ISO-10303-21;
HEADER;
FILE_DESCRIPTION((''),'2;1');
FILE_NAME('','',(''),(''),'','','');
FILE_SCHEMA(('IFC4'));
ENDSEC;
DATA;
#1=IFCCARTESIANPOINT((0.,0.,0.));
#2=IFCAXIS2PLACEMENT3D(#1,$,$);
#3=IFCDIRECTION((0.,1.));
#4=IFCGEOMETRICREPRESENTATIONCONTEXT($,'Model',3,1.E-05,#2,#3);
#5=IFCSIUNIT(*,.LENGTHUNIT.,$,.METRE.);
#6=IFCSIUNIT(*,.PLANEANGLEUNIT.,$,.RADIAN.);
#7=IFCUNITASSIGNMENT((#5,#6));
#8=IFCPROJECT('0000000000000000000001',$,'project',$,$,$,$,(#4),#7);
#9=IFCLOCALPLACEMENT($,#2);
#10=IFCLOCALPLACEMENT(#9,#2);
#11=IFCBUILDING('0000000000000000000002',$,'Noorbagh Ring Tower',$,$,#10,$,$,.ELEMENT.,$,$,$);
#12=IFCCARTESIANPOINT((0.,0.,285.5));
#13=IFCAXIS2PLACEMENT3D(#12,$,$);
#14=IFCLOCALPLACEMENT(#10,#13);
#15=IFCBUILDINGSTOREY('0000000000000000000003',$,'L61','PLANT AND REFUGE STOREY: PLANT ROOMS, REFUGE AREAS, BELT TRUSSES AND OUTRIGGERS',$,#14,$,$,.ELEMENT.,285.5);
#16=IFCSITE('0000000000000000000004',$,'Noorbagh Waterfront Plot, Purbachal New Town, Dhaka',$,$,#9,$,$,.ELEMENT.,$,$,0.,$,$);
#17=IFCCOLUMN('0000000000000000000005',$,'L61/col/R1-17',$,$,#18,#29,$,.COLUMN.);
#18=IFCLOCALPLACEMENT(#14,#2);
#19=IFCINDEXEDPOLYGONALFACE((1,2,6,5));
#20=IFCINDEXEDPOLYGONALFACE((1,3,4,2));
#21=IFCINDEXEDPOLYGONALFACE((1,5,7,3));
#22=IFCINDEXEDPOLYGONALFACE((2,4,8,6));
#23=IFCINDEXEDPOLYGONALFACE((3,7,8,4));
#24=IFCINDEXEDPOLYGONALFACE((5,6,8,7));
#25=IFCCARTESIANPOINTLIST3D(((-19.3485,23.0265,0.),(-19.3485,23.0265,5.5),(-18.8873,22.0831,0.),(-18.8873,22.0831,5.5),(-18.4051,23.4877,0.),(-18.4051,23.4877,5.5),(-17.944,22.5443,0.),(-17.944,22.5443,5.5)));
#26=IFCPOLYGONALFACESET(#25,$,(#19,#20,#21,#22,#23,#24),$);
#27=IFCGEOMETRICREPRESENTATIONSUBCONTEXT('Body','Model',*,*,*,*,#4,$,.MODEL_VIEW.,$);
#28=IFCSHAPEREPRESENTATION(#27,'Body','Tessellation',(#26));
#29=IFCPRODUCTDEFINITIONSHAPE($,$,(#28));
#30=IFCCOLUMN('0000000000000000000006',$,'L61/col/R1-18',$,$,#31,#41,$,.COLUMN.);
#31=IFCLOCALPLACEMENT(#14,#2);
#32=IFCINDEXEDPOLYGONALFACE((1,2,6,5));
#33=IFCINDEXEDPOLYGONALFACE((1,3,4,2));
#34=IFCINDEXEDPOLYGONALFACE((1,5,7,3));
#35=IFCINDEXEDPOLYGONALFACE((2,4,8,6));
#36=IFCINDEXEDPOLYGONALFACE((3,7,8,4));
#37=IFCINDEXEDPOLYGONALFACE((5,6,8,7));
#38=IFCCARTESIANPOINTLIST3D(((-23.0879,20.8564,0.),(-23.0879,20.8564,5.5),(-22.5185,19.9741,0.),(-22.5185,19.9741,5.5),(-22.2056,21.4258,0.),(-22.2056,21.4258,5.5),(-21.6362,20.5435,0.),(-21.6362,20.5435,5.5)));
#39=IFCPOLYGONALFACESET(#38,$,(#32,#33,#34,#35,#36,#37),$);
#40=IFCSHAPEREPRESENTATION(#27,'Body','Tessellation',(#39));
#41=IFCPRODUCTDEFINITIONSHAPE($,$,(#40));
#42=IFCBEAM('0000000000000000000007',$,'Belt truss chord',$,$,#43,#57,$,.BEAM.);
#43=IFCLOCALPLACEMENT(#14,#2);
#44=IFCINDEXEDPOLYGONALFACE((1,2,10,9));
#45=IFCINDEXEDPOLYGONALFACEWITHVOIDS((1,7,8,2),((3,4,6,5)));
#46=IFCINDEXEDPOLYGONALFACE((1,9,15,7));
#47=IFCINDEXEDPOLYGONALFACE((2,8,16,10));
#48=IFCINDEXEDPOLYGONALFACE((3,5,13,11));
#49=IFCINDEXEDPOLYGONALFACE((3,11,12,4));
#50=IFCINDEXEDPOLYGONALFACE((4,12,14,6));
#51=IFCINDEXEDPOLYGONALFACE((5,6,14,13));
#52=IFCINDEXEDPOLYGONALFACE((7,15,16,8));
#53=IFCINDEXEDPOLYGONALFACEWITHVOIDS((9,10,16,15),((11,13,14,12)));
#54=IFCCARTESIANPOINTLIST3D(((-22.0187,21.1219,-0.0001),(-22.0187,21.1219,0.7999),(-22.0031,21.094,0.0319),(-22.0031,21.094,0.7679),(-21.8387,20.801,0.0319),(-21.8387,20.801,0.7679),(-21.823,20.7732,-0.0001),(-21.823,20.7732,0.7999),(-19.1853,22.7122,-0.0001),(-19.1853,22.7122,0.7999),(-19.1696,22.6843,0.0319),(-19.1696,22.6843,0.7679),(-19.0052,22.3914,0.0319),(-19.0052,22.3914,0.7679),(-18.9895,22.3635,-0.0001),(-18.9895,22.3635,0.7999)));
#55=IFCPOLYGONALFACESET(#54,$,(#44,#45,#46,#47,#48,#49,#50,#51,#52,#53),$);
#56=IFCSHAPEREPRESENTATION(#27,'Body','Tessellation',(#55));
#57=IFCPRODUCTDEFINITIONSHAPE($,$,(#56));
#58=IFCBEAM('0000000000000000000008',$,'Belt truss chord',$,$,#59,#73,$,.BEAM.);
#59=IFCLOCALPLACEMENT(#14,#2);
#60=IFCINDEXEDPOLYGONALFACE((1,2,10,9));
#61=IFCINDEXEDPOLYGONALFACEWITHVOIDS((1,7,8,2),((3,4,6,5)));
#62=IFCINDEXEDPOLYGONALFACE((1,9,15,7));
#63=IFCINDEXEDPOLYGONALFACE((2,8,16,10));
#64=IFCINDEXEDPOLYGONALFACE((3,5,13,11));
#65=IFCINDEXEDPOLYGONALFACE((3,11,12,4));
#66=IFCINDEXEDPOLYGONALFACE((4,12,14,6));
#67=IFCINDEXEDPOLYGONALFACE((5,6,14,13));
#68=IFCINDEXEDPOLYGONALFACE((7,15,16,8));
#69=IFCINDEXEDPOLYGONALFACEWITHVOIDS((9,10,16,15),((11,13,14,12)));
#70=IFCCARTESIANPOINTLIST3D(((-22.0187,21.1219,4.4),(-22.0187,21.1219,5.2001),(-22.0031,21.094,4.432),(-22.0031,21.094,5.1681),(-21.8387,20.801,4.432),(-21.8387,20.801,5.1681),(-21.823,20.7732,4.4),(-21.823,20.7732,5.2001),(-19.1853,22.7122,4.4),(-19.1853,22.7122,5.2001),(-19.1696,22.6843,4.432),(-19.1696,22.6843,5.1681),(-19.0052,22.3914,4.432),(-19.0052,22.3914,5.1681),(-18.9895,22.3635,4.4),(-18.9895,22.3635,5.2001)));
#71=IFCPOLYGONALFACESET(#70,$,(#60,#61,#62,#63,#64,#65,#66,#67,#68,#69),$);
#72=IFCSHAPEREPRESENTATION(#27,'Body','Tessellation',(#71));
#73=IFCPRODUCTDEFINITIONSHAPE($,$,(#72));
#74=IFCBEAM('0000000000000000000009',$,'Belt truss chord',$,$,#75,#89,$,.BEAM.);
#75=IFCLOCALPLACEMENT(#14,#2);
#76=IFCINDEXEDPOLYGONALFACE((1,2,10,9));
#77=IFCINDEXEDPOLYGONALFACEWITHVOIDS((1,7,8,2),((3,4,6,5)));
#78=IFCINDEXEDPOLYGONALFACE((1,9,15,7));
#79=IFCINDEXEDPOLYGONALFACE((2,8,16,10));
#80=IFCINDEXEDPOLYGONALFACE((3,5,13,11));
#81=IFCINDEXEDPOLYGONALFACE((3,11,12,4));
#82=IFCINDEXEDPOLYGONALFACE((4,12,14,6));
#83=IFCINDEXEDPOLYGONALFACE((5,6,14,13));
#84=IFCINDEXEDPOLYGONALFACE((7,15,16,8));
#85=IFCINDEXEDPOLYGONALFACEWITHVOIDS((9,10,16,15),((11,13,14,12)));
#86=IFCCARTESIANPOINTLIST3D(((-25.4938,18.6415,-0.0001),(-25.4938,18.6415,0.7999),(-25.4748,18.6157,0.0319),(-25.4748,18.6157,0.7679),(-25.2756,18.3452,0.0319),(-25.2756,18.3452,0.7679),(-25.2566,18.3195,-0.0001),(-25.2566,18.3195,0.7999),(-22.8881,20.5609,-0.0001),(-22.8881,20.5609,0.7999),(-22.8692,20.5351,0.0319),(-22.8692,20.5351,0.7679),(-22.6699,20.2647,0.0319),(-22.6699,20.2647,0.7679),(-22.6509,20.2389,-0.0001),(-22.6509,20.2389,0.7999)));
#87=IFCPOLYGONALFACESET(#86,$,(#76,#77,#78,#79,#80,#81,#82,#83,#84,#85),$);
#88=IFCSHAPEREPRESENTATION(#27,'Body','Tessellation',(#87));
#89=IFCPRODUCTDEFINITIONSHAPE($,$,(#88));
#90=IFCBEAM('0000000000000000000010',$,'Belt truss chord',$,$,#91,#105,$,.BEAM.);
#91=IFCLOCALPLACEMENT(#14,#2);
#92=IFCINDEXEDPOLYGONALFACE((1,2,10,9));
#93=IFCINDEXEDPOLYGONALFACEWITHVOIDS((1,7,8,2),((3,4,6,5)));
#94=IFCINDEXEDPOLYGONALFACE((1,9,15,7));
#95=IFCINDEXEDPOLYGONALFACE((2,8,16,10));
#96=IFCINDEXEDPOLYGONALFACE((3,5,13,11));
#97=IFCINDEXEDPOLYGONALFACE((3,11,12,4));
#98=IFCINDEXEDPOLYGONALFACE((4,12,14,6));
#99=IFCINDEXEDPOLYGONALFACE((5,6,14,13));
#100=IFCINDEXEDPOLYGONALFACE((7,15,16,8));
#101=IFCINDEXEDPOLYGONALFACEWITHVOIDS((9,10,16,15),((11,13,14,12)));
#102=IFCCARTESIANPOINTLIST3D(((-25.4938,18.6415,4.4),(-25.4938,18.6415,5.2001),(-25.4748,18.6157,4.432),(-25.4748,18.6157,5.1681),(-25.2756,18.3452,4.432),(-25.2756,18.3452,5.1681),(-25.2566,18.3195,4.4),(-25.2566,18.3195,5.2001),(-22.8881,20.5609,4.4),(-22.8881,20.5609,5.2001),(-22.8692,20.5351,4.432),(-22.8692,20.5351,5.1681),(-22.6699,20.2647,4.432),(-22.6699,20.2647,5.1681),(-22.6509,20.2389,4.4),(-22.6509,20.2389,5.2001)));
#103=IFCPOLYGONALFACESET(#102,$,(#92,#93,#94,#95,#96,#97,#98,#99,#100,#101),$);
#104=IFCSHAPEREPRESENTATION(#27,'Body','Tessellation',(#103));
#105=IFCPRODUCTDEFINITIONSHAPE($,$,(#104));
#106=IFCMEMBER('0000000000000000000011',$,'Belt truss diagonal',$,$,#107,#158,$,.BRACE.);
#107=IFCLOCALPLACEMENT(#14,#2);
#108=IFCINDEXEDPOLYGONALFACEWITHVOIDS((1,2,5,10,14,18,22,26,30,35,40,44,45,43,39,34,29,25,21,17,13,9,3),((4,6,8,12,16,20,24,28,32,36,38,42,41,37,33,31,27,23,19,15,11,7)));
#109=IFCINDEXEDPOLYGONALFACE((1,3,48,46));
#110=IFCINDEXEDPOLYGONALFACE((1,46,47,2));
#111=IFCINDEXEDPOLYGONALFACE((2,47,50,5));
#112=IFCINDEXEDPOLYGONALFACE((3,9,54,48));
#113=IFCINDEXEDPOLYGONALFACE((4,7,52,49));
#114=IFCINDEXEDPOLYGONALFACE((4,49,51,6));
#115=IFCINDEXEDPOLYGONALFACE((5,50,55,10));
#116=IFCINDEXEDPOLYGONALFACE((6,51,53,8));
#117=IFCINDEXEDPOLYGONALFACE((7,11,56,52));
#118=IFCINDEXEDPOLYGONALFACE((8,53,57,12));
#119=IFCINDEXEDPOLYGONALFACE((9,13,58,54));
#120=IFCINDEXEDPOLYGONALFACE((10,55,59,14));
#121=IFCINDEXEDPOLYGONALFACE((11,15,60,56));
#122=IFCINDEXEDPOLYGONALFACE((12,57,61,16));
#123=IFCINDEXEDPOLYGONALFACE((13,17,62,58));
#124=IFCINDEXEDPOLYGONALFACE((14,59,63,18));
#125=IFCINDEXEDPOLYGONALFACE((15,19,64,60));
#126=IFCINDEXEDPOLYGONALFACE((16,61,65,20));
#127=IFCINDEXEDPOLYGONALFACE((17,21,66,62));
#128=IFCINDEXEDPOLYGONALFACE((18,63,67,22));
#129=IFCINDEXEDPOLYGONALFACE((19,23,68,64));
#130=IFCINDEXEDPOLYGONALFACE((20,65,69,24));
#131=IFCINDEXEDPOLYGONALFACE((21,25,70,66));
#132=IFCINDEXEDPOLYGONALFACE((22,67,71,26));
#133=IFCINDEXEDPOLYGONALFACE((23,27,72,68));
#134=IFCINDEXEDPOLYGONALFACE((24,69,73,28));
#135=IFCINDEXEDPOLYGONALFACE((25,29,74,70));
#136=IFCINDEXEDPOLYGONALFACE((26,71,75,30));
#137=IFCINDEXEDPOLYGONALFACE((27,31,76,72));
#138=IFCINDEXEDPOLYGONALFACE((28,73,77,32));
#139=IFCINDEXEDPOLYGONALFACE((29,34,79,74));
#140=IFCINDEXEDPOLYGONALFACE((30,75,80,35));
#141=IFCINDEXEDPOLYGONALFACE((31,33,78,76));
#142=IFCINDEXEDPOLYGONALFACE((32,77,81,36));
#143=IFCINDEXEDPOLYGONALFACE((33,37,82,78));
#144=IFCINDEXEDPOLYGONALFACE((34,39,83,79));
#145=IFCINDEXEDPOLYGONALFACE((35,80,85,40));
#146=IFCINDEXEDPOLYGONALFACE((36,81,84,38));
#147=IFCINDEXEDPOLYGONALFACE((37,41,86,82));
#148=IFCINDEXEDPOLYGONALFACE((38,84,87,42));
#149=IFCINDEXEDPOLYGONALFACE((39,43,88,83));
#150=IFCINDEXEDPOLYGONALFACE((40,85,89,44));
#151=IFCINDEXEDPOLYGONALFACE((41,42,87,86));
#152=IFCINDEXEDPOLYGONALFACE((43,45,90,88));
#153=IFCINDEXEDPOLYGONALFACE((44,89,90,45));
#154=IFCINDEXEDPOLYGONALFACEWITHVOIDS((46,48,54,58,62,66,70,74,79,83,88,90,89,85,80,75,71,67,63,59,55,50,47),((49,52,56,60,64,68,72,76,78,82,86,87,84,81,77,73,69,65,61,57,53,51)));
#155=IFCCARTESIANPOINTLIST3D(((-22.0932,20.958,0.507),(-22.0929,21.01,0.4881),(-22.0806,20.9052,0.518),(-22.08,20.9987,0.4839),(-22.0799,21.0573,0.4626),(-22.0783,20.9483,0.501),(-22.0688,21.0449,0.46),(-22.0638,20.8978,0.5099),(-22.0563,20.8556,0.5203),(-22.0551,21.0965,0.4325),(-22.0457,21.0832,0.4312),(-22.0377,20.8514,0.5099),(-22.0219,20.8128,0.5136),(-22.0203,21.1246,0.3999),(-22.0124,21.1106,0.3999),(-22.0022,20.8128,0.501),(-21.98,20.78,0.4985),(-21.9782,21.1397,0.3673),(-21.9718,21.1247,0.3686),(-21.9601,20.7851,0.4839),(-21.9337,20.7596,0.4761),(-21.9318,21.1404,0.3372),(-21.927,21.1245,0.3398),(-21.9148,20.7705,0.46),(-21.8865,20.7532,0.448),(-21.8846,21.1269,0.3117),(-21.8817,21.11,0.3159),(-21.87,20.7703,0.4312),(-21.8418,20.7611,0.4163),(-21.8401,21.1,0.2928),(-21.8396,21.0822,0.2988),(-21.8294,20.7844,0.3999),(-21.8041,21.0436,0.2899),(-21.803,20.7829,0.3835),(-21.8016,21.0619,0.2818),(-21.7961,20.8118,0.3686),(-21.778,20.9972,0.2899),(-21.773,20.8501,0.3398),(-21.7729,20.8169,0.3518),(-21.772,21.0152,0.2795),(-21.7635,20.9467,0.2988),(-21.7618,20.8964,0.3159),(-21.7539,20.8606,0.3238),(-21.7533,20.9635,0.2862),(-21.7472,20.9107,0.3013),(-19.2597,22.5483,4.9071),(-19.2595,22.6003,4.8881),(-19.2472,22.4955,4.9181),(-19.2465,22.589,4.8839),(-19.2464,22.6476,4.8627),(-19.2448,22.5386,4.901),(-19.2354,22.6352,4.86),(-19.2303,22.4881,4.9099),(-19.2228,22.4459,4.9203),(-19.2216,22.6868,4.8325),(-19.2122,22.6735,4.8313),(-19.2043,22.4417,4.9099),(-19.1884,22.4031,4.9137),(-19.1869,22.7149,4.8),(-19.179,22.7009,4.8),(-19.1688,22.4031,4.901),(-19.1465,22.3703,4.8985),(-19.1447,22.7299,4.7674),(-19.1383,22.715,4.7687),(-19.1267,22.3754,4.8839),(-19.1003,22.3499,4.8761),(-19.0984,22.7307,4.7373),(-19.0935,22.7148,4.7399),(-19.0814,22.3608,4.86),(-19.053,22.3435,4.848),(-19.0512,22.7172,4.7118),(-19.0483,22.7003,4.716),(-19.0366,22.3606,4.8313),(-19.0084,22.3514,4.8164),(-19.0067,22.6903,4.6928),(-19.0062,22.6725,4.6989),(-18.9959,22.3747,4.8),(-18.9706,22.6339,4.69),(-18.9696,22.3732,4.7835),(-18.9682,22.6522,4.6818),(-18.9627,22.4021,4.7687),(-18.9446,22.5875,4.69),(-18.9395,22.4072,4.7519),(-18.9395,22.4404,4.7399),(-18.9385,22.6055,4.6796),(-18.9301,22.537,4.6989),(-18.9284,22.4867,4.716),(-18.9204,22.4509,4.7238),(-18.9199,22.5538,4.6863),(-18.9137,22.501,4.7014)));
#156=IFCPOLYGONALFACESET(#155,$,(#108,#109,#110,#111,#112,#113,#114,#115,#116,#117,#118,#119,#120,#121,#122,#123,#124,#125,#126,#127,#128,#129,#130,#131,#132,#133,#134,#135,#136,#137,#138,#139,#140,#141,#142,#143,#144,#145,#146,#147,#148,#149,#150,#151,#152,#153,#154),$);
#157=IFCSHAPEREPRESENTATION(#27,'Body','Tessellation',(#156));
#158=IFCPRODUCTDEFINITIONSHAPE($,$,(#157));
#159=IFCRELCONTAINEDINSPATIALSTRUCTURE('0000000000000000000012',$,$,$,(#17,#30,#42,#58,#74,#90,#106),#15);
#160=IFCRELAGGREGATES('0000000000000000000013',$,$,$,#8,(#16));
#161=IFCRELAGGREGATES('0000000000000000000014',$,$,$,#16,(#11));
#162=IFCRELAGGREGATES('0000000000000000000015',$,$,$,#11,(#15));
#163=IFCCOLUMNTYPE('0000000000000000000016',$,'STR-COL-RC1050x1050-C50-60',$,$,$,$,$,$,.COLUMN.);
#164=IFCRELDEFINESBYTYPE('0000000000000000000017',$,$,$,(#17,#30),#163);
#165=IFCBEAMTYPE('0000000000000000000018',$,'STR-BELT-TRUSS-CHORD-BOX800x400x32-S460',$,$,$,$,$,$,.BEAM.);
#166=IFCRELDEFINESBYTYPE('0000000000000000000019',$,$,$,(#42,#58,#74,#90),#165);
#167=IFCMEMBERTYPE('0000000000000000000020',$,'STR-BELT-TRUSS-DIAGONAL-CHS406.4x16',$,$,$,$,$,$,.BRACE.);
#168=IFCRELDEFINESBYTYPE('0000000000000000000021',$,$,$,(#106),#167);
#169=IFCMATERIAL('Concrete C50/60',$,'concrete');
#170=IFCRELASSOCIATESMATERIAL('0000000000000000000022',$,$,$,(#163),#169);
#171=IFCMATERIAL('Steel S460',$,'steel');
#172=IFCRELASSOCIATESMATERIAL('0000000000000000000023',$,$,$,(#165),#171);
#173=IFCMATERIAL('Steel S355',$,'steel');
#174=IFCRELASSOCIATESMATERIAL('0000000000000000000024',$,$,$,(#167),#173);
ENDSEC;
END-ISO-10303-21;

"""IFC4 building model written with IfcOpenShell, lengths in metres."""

from ifc_helpers import new_model, si_unit, direction, frame, origin, origin_2d, place, context, subcontext, project, spatial, rectangle, hollow_rectangle, hollow_circle, extrude, material, material_profile, profile_set, type_object, element, save


model = new_model("IFC4")

# Units and contexts
model_context = context("Model", 3, precision=1e-05, world=origin(), true_north=direction((0.0, 1.0)))
body_context = subcontext(model_context, "Body", "Model", "MODEL_VIEW")
ifc_project = project(units=[si_unit("LENGTHUNIT", "METRE"), si_unit("PLANEANGLEUNIT", "RADIAN")], contexts=[model_context])

# Site, building, storey
site_placement = place(None, origin())
site = spatial("IfcSite", under=ifc_project, at=site_placement, Name="Noorbagh Waterfront Plot, Purbachal New Town, Dhaka", CompositionType="ELEMENT", RefElevation=0.0)
building_placement = place(site_placement, origin())
building = spatial("IfcBuilding", under=site, at=building_placement, Name="Noorbagh Ring Tower", CompositionType="ELEMENT")
storey_placement = place(building_placement, frame((0.0, 0.0, 285.5)))
storey = spatial("IfcBuildingStorey", under=building, at=storey_placement, Name="L61", Description="PLANT AND REFUGE STOREY: PLANT ROOMS, REFUGE AREAS, BELT TRUSSES AND OUTRIGGERS", CompositionType="ELEMENT", Elevation=285.5)

# Columns
ifc_material_1 = material(Name="Concrete C50/60", Category="concrete")
ifc_material_profile_1 = material_profile(ifc_material_1, rectangle(XDim=1.05, YDim=1.05, at=origin_2d()), Name="RC1050x1050")
ifc_profile_set_1 = profile_set([ifc_material_profile_1], Name="Concrete C50/60")
column_type = type_object("IfcColumnType", Name="STR-COL-RC1050x1050-C50-60", PredefinedType="COLUMN", material=ifc_profile_set_1)
for number, where, z_axis, x_axis, name in (
    (1, (-18.6462, 22.7854, 0.0), (0.0, 0.0, 1.0), (-0.898399, -0.43918, 0.0), "L61/col/R1-17"),
    (2, (-22.3621, 20.7, 0.0), (0.0, 0.0, 1.0), (-0.840248, -0.542203, 0.0), "L61/col/R1-18"),
):
    element("IfcColumn", number, at=place(storey_placement, frame(where, z_axis=z_axis, x_axis=x_axis)), inside=storey, type_object=column_type, Name=name, PredefinedType="COLUMN", context=body_context, shape_type="SweptSolid", body=[
        extrude(rectangle(XDim=1.05, YDim=1.05, at=origin_2d()), origin(), (0.0, 0.0, 1.0), 5.5),
    ])

# Beams
ifc_material_2 = material(Name="Steel S460", Category="steel")
ifc_material_profile_2 = material_profile(ifc_material_2, hollow_rectangle(XDim=0.3999, YDim=0.8, WallThickness=0.032, at=origin_2d()), Name="BOX800x400x32")
ifc_profile_set_2 = profile_set([ifc_material_profile_2], Name="Steel S460")
beam_type_1 = type_object("IfcBeamType", Name="STR-BELT-TRUSS-CHORD-BOX800x400x32-S460", PredefinedType="BEAM", material=ifc_profile_set_2)
for number, where, z_axis, x_axis, name in (
    (3, (-19.0874, 22.5378, 0.3999), (-0.872037, -0.489441, 0.0), (0.489441, -0.872037, 0.0), "Belt truss chord"),
    (4, (-19.0874, 22.5378, 4.8), (-0.872037, -0.489441, 0.0), (0.489441, -0.872037, 0.0), "Belt truss chord"),
):
    element("IfcBeam", number, at=place(storey_placement, frame(where, z_axis=z_axis, x_axis=x_axis)), inside=storey, type_object=beam_type_1, Name=name, PredefinedType="BEAM", context=body_context, shape_type="SweptSolid", body=[
        extrude(hollow_rectangle(XDim=0.3999, YDim=0.8, WallThickness=0.032, at=origin_2d()), origin(), (0.0, 0.0, 1.0), 3.2493),
    ])
for number, where, z_axis, x_axis, name in (
    (5, (-22.7695, 20.3999, 0.3999), (-0.805139, -0.593086, 0.0), (0.593086, -0.805139, 0.0), "Belt truss chord"),
    (6, (-22.7695, 20.3999, 4.8), (-0.805139, -0.593086, 0.0), (0.593086, -0.805139, 0.0), "Belt truss chord"),
):
    element("IfcBeam", number, at=place(storey_placement, frame(where, z_axis=z_axis, x_axis=x_axis)), inside=storey, type_object=beam_type_1, Name=name, PredefinedType="BEAM", context=body_context, shape_type="SweptSolid", body=[
        extrude(hollow_rectangle(XDim=0.3999, YDim=0.8, WallThickness=0.032, at=origin_2d()), origin(), (0.0, 0.0, 1.0), 3.2363),
    ])

# Member
ifc_material_3 = material(Name="Steel S355", Category="steel")
ifc_material_profile_3 = material_profile(ifc_material_3, hollow_circle(Radius=0.2031, WallThickness=0.0161, at=origin_2d()), Name="CHS406.4x16")
ifc_profile_set_3 = profile_set([ifc_material_profile_3], Name="Steel S355")
member_type = type_object("IfcMemberType", Name="STR-BELT-TRUSS-DIAGONAL-CHS406.4x16", PredefinedType="BRACE", material=ifc_profile_set_3)
member_1_placement = place(storey_placement, frame((-21.9209, 20.9475, 0.3999), z_axis=(0.518022, 0.290746, 0.804438), x_axis=(-0.489441, 0.872037, 0.0)))
element("IfcMember", 7, at=member_1_placement, inside=storey, type_object=member_type, Name="Belt truss diagonal", PredefinedType="BRACE", context=body_context, shape_type="SweptSolid", body=[
    extrude(hollow_circle(Radius=0.2031, WallThickness=0.0161, at=origin_2d()), origin(), (0.0, 0.0, 1.0), 5.4697),
])

save(model, "model.ifc")
